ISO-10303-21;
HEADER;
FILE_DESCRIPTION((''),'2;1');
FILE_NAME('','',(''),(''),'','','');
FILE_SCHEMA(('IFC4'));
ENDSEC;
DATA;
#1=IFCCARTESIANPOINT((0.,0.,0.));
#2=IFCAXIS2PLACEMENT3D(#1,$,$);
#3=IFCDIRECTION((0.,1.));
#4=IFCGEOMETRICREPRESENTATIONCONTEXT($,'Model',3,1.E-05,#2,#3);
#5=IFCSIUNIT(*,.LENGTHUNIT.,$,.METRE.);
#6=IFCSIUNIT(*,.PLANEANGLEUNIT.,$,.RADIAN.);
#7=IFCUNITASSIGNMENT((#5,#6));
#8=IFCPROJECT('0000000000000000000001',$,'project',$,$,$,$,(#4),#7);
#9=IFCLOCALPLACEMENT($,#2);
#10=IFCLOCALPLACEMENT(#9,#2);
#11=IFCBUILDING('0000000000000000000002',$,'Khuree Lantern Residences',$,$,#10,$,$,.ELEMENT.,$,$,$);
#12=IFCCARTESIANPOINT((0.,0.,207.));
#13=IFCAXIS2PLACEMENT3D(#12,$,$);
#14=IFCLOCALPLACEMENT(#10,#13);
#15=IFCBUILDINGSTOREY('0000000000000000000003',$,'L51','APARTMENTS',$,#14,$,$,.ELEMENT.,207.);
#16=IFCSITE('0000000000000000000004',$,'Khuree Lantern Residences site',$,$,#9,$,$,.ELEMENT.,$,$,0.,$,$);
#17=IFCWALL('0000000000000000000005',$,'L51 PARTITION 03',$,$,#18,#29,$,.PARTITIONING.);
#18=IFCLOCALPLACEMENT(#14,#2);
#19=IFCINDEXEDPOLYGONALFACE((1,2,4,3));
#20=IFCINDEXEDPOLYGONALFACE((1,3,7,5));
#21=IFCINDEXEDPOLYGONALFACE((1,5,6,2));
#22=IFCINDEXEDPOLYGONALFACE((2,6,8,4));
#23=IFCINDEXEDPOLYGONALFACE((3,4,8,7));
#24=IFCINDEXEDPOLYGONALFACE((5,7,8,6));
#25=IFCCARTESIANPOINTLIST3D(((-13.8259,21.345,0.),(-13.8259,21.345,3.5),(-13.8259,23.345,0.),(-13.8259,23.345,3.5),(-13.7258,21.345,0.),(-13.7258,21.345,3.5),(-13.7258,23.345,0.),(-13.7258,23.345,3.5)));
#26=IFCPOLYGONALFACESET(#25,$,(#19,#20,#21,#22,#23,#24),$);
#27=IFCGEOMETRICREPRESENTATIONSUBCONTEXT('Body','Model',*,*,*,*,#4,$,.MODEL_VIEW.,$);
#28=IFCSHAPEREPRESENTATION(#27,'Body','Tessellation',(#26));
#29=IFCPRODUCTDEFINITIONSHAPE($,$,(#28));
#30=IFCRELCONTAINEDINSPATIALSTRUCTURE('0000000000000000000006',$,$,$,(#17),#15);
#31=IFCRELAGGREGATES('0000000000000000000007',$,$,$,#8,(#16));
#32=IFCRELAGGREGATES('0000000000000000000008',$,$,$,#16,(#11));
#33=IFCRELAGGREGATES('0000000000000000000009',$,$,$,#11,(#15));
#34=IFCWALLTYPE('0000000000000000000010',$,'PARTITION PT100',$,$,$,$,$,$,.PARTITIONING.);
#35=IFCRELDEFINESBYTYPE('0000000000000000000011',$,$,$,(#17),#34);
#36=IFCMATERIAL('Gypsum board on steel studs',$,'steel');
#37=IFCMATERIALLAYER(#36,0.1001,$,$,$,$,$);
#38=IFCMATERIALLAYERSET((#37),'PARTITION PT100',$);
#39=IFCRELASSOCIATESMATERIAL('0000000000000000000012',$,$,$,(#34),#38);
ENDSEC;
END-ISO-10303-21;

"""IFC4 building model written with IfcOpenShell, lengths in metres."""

from ifc_helpers import new_model, si_unit, direction, frame, frame_2d, origin, place, context, subcontext, project, spatial, rectangle, extrude, material, layer, layer_set, type_object, element, save


model = new_model("IFC4")

# Units and contexts
model_context = context("Model", 3, precision=1e-05, world=origin(), true_north=direction((0.0, 1.0)))
body_context = subcontext(model_context, "Body", "Model", "MODEL_VIEW")
ifc_project = project(units=[si_unit("LENGTHUNIT", "METRE"), si_unit("PLANEANGLEUNIT", "RADIAN")], contexts=[model_context])

# Site, building, storey
site_placement = place(None, origin())
site = spatial("IfcSite", under=ifc_project, at=site_placement, Name="Khuree Lantern Residences site", CompositionType="ELEMENT", RefElevation=0.0)
building_placement = place(site_placement, origin())
building = spatial("IfcBuilding", under=site, at=building_placement, Name="Khuree Lantern Residences", CompositionType="ELEMENT")
storey_placement = place(building_placement, frame((0.0, 0.0, 207.0)))
storey = spatial("IfcBuildingStorey", under=building, at=storey_placement, Name="L51", Description="APARTMENTS", CompositionType="ELEMENT", Elevation=207.0)

# Shared definitions
ifc_material_1 = material(Name="Gypsum board on steel studs", Category="steel")
ifc_layer_1 = layer(ifc_material_1, 0.1001)
ifc_layer_set_1 = layer_set([ifc_layer_1], Name="PARTITION PT100")
wall_type_1 = type_object("IfcWallType", Name="PARTITION PT100", PredefinedType="PARTITIONING", material=ifc_layer_set_1)

# Wall
wall_1_placement = place(storey_placement, frame((-13.7759, 21.345, 0.0), z_axis=(0.0, 0.0, 1.0), x_axis=(0.0, 1.0, 0.0)))
element("IfcWall", 1, at=wall_1_placement, inside=storey, type_object=wall_type_1, Name="L51 PARTITION 03", PredefinedType="PARTITIONING", context=body_context, shape_type="SweptSolid", body=[
    extrude(rectangle(XDim=2.0, YDim=0.1001, at=frame_2d((1.0, 0.0))), origin(), (0.0, 0.0, 1.0), 3.5),
])

save(model, "model.ifc")
